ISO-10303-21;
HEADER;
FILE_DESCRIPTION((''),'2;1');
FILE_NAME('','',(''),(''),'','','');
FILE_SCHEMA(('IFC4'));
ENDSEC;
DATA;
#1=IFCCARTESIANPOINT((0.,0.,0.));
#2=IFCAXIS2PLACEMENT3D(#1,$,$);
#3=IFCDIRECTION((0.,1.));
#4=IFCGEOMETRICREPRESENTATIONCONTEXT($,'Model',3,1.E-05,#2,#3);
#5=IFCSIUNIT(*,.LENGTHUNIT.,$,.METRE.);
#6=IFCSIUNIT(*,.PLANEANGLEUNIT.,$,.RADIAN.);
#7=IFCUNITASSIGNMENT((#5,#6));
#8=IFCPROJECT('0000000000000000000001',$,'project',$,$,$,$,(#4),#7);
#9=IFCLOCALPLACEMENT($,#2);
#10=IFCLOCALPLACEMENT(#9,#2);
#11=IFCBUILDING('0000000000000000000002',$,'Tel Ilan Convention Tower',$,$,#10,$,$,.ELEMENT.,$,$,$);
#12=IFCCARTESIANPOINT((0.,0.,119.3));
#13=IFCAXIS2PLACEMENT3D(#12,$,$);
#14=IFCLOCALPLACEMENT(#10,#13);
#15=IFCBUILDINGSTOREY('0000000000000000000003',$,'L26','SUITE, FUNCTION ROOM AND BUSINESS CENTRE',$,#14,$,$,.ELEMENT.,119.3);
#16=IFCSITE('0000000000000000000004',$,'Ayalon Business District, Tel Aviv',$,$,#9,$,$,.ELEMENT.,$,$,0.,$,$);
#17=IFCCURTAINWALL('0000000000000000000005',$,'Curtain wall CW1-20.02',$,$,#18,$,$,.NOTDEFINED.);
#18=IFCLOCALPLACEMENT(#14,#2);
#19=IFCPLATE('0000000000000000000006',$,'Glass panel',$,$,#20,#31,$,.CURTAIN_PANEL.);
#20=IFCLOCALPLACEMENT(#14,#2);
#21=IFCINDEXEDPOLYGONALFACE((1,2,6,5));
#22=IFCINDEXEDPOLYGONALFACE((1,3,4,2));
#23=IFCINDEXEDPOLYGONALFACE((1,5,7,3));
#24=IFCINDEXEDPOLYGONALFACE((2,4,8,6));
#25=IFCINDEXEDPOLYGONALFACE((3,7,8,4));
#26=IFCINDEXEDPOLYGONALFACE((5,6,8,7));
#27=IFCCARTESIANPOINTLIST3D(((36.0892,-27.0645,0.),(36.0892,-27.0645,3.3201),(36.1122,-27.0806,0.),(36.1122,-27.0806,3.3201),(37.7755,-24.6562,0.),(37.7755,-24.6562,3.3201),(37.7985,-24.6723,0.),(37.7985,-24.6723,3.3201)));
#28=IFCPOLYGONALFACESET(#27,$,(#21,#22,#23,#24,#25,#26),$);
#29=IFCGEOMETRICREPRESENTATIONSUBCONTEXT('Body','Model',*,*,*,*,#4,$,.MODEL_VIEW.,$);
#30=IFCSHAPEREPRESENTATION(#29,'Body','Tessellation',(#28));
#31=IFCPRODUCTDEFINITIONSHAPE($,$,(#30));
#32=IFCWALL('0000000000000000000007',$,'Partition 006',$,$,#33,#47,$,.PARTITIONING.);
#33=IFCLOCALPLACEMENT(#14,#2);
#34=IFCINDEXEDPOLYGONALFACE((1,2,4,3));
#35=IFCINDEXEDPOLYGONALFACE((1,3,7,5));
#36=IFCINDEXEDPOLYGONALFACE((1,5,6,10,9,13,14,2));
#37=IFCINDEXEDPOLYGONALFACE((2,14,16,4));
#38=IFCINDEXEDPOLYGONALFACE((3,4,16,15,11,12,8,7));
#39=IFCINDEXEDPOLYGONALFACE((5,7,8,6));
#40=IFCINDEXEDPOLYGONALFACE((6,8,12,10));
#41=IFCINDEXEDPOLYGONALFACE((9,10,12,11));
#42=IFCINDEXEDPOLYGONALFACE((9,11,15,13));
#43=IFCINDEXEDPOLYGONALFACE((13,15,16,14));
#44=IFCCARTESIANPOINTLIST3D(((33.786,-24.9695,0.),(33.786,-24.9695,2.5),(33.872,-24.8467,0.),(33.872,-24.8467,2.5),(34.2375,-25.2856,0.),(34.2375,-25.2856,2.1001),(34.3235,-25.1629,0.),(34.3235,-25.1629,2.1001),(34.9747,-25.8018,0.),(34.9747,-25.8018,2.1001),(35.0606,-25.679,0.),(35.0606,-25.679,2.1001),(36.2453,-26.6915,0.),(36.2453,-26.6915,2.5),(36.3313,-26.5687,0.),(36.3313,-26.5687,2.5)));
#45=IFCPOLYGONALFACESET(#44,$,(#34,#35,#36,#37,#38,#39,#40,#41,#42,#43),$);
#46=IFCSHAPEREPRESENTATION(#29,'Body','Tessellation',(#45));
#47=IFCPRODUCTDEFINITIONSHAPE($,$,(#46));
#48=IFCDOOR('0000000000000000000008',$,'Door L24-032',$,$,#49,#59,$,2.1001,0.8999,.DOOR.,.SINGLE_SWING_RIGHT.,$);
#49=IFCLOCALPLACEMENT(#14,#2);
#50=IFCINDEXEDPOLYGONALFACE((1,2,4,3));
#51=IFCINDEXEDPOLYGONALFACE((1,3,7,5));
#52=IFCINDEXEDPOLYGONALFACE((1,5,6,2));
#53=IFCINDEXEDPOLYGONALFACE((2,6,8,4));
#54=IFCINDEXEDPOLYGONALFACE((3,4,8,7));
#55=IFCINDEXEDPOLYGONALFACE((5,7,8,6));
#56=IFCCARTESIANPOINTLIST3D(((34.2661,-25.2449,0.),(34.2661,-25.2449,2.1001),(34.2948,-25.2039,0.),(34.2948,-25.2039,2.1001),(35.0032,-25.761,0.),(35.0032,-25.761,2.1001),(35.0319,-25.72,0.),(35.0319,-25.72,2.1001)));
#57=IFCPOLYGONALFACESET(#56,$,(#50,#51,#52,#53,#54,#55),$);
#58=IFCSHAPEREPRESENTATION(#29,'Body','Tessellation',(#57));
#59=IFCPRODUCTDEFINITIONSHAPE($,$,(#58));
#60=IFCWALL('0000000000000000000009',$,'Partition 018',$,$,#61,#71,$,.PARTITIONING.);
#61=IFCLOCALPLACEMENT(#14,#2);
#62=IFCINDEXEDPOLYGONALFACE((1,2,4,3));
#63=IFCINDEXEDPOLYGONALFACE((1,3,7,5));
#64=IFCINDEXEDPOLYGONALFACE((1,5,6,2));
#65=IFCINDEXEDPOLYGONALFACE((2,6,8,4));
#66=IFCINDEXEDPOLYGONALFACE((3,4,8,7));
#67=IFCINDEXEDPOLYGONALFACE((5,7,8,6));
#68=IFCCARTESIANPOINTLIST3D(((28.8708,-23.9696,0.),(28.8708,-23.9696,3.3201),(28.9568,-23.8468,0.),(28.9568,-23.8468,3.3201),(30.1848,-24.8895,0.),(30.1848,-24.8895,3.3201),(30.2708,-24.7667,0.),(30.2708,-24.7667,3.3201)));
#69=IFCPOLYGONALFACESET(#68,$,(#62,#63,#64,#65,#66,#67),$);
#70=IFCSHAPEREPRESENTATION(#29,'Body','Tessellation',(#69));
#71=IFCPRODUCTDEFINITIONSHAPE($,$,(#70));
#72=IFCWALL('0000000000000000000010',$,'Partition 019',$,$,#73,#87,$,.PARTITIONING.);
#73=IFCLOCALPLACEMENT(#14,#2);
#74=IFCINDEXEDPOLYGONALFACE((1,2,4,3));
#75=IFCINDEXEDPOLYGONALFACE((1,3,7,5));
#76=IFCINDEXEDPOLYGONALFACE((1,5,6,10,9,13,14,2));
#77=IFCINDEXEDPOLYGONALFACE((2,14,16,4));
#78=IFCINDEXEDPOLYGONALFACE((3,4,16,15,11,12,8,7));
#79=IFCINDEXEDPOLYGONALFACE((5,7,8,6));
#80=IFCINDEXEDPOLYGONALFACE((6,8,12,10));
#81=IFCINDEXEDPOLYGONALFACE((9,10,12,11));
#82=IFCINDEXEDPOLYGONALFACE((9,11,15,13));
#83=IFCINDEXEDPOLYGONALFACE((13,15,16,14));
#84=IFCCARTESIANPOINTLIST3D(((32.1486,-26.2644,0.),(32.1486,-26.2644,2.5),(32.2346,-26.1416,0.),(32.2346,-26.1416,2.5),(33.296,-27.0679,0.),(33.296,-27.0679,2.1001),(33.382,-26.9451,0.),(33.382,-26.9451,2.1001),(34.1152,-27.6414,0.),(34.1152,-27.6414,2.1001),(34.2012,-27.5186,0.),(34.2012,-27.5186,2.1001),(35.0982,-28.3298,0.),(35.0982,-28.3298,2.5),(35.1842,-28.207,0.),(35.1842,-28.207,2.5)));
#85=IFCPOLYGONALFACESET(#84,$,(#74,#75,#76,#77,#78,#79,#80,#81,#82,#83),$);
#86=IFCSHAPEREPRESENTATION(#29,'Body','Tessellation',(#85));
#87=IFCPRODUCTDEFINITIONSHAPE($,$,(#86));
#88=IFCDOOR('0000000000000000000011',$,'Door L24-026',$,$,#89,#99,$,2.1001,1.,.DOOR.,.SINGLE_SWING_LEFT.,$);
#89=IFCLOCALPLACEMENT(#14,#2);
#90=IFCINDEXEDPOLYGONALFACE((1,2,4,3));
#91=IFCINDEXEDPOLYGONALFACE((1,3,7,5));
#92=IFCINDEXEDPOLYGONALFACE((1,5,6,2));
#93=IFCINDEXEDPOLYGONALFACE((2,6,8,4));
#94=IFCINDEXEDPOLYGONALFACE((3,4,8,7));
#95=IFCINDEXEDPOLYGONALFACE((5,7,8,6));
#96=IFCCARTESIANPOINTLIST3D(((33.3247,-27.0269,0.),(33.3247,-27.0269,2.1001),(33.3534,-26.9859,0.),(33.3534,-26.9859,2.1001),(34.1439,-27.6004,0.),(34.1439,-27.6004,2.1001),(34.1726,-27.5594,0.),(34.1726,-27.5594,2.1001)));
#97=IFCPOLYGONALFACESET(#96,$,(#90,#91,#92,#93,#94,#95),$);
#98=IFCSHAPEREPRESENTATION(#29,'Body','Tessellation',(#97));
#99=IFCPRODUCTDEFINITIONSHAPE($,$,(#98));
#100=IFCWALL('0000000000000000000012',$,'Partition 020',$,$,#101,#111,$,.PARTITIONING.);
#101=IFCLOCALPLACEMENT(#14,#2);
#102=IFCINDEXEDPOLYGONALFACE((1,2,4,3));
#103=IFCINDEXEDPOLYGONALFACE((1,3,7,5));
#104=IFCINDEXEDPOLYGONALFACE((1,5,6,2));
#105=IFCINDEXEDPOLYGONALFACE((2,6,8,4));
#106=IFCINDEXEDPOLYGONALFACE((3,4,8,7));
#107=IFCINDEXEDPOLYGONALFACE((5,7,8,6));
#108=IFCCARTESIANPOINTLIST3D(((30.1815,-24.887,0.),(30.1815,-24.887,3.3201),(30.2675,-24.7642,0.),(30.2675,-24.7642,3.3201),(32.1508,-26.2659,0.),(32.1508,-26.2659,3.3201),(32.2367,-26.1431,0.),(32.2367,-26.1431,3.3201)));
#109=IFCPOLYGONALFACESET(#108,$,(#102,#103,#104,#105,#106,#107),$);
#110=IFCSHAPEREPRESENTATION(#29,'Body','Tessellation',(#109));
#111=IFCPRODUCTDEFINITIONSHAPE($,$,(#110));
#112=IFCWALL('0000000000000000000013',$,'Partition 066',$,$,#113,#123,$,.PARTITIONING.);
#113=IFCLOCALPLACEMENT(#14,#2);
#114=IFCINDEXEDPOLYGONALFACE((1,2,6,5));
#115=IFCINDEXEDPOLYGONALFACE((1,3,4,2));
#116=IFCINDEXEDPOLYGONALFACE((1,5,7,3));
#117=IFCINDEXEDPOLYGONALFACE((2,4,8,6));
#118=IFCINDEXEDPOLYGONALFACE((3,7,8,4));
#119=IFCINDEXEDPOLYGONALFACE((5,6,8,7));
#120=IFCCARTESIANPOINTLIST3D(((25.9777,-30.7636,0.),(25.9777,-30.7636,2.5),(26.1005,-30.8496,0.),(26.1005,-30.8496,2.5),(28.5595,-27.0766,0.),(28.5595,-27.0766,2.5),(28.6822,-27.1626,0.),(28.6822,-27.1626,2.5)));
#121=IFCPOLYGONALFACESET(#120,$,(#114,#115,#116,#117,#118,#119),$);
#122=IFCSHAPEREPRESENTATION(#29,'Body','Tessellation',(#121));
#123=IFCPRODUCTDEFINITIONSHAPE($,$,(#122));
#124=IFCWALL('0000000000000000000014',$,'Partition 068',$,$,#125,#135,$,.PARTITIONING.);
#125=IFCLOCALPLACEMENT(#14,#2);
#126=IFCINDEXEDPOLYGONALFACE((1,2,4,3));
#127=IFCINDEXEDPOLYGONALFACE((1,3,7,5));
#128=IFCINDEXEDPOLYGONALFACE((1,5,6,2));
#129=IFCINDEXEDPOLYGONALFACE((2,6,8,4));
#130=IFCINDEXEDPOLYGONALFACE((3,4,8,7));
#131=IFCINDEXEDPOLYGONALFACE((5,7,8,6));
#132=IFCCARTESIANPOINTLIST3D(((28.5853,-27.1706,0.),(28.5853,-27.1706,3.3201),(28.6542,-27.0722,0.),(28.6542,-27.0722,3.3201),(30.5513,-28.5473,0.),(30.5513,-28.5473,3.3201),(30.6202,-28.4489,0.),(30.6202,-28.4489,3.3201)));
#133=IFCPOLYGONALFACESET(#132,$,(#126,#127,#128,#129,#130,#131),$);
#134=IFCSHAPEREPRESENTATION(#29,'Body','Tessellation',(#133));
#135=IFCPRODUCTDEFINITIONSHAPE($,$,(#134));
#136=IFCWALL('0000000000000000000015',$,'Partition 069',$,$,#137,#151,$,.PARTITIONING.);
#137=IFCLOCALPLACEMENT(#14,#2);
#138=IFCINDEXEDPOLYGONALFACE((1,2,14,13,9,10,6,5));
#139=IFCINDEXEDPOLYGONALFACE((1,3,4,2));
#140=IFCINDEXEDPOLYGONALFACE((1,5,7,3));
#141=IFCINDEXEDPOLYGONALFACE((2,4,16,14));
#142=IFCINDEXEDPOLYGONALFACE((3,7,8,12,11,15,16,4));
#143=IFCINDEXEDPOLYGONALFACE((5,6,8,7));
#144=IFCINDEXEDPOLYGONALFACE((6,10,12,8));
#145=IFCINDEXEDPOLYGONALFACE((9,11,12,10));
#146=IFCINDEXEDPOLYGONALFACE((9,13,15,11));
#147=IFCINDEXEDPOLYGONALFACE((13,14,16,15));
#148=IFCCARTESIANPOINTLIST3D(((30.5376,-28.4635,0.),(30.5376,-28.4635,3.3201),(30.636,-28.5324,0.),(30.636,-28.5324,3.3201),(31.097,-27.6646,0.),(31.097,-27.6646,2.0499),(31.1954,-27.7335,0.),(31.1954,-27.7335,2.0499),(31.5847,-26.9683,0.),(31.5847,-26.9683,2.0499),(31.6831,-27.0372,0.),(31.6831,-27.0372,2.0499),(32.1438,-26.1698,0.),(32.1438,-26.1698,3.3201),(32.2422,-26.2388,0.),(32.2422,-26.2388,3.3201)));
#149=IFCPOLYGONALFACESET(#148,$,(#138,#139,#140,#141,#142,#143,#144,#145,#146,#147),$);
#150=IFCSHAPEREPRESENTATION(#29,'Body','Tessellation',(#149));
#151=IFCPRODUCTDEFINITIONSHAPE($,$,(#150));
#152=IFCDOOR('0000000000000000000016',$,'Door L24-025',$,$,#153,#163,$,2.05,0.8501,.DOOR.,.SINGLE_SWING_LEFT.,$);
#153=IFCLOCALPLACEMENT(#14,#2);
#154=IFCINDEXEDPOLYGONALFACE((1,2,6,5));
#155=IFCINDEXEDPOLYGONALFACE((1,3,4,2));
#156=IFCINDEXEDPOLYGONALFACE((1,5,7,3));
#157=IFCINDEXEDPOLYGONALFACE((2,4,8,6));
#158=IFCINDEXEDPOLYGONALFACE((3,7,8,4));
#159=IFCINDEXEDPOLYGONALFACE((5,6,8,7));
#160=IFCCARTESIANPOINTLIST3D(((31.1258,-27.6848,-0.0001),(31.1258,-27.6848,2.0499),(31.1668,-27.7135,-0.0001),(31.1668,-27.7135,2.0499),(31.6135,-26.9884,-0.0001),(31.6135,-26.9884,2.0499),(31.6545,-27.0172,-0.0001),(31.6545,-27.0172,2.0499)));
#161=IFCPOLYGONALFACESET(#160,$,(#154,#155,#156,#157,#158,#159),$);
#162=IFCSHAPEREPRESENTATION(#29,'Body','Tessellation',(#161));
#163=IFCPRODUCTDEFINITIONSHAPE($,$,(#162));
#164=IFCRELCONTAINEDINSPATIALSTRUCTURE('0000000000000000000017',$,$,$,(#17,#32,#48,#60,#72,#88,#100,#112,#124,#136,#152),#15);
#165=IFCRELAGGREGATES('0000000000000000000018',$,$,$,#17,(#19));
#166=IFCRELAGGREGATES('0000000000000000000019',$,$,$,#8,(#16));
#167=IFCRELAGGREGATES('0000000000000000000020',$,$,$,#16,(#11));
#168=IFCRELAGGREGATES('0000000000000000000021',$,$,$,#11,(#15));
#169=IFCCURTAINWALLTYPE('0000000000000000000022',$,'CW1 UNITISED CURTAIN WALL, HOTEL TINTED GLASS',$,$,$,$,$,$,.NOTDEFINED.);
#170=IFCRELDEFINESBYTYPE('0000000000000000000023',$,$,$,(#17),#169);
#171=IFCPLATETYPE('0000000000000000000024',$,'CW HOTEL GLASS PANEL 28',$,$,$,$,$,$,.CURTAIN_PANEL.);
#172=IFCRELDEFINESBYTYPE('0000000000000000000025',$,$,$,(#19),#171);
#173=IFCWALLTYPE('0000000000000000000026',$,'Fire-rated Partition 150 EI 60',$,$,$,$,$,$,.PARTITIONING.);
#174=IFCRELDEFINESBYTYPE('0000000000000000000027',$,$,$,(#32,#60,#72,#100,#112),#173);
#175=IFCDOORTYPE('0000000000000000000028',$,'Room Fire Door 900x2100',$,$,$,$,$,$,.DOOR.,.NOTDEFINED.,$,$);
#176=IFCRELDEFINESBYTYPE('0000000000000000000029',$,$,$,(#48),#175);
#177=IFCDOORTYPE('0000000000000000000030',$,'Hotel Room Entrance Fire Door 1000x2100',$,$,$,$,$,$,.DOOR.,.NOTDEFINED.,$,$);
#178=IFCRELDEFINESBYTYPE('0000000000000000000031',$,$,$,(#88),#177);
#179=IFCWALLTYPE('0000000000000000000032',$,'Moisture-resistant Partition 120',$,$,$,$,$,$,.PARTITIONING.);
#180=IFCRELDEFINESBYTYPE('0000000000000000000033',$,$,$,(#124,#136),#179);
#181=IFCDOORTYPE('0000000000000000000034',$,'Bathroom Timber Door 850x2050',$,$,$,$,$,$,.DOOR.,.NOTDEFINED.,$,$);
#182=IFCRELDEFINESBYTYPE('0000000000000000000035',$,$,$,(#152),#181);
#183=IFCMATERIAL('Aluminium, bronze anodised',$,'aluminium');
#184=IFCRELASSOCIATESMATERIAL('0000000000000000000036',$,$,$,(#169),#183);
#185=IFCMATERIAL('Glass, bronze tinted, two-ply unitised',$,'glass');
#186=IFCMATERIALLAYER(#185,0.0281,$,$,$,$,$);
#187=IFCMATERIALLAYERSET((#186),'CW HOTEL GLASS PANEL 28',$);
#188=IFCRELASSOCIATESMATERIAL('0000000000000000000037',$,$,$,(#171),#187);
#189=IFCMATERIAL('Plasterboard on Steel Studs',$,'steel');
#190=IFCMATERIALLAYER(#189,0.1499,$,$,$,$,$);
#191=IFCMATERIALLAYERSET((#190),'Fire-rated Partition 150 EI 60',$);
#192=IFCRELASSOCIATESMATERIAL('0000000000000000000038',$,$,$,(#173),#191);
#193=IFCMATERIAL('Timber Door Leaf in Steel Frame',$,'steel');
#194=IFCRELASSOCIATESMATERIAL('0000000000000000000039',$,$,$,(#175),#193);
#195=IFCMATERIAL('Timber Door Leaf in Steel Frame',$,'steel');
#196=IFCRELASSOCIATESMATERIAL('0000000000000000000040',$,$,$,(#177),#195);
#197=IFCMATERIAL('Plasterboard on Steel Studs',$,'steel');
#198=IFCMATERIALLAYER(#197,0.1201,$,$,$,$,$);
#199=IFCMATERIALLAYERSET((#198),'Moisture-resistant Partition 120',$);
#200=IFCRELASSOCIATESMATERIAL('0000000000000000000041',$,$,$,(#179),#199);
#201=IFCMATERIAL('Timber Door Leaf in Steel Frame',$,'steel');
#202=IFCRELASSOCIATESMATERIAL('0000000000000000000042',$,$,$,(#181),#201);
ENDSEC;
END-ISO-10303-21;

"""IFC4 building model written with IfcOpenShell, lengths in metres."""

from ifc_helpers import new_model, si_unit, direction, frame, frame_2d, origin, origin_2d, place, context, subcontext, project, spatial, rectangle, extrude, material, layer, layer_set, type_object, element, fill, aggregate, save


model = new_model("IFC4")

# Units and contexts
model_context = context("Model", 3, precision=1e-05, world=origin(), true_north=direction((0.0, 1.0)))
body_context = subcontext(model_context, "Body", "Model", "MODEL_VIEW")
ifc_project = project(units=[si_unit("LENGTHUNIT", "METRE"), si_unit("PLANEANGLEUNIT", "RADIAN")], contexts=[model_context])

# Site, building, storey
site_placement = place(None, origin())
site = spatial("IfcSite", under=ifc_project, at=site_placement, Name="Ayalon Business District, Tel Aviv", CompositionType="ELEMENT", RefElevation=0.0)
building_placement = place(site_placement, origin())
building = spatial("IfcBuilding", under=site, at=building_placement, Name="Tel Ilan Convention Tower", CompositionType="ELEMENT")
storey_placement = place(building_placement, frame((0.0, 0.0, 119.3)))
storey = spatial("IfcBuildingStorey", under=building, at=storey_placement, Name="L26", Description="SUITE, FUNCTION ROOM AND BUSINESS CENTRE", CompositionType="ELEMENT", Elevation=119.3)

# Curtain wall, plate
ifc_material_1 = material(Name="Aluminium, bronze anodised", Category="aluminium")
curtain_wall_type = type_object("IfcCurtainWallType", Name="CW1 UNITISED CURTAIN WALL, HOTEL TINTED GLASS", PredefinedType="NOTDEFINED", material=ifc_material_1)
curtain_wall_placement = place(storey_placement, origin())
curtain_wall = element("IfcCurtainWall", 1, at=curtain_wall_placement, inside=storey, type_object=curtain_wall_type, Name="Curtain wall CW1-20.02", PredefinedType="NOTDEFINED")
ifc_material_2 = material(Name="Glass, bronze tinted, two-ply unitised", Category="glass")
ifc_layer_1 = layer(ifc_material_2, 0.0281)
ifc_layer_set_1 = layer_set([ifc_layer_1], Name="CW HOTEL GLASS PANEL 28")
plate_type = type_object("IfcPlateType", Name="CW HOTEL GLASS PANEL 28", PredefinedType="CURTAIN_PANEL", material=ifc_layer_set_1)
plate_1_placement = place(storey_placement, frame((36.9438, -25.8684, 0.0), z_axis=(0.0, 0.0, 1.0), x_axis=(0.573576, 0.819152, 0.0)))
plate_1 = element("IfcPlate", 2, at=plate_1_placement, type_object=plate_type, Name="Glass panel", PredefinedType="CURTAIN_PANEL", context=body_context, shape_type="SweptSolid", body=[
    extrude(rectangle(XDim=2.9399, YDim=0.0281, at=origin_2d()), origin(), (0.0, 0.0, 1.0), 3.3201),
])
aggregate(curtain_wall, [plate_1])

# Wall, opening, door
ifc_material_3 = material(Name="Plasterboard on Steel Studs", Category="steel")
ifc_layer_2 = layer(ifc_material_3, 0.1499)
ifc_layer_set_2 = layer_set([ifc_layer_2], Name="Fire-rated Partition 150 EI 60")
wall_type_1 = type_object("IfcWallType", Name="Fire-rated Partition 150 EI 60", PredefinedType="PARTITIONING", material=ifc_layer_set_2)
wall_1_placement = place(storey_placement, frame((33.8291, -24.9082, 0.0), z_axis=(0.0, 0.0, 1.0), x_axis=(0.819159, -0.573566, 0.0)))
wall_1 = element("IfcWall", 3, at=wall_1_placement, inside=storey, type_object=wall_type_1, Name="Partition 006", PredefinedType="PARTITIONING", context=body_context, shape_type="SweptSolid", body=[
    extrude(rectangle(XDim=3.0022, YDim=0.1499, at=frame_2d((1.501, 0.0))), origin(), (0.0, 0.0, 1.0), 2.5),
])
opening_1_placement = place(wall_1_placement, frame((0.551, 0.0, 0.0)))
opening_1 = element("IfcOpeningElement", 4, at=opening_1_placement, cuts=wall_1, PredefinedType="OPENING", context=body_context, shape_type="SweptSolid", body=[
    extrude(rectangle(XDim=0.8999, YDim=2.1001, at=frame_2d((0.45, 1.05))), frame((0.0, 0.085, 0.0), z_axis=(0.0, -1.0, 0.0), x_axis=(1.0, 0.0, 0.0)), (0.0, 0.0, 1.0), 0.1699),
])
ifc_material_4 = material(Name="Timber Door Leaf in Steel Frame", Category="steel")
door_type_1 = type_object("IfcDoorType", Name="Room Fire Door 900x2100", OperationType="NOTDEFINED", PredefinedType="DOOR", material=ifc_material_4)
door_1_placement = place(opening_1_placement, origin())
door_1 = element("IfcDoor", 5, at=door_1_placement, inside=storey, type_object=door_type_1, Name="Door L24-032", OperationType="SINGLE_SWING_RIGHT", OverallHeight=2.1001, OverallWidth=0.8999, PredefinedType="DOOR", context=body_context, shape_type="SweptSolid", body=[
    extrude(rectangle(XDim=0.8999, YDim=2.1001, at=frame_2d((0.45, 1.05))), frame((0.0, 0.0249, 0.0), z_axis=(0.0, -1.0, 0.0), x_axis=(1.0, 0.0, 0.0)), (0.0, 0.0, 1.0), 0.05),
])
fill(opening_1, door_1)

# Wall
wall_2_placement = place(storey_placement, frame((30.2278, -24.8281, 0.0), z_axis=(0.0, 0.0, 1.0), x_axis=(-0.819189, 0.573524, 0.0)))
element("IfcWall", 6, at=wall_2_placement, inside=storey, type_object=wall_type_1, Name="Partition 018", PredefinedType="PARTITIONING", context=body_context, shape_type="SweptSolid", body=[
    extrude(rectangle(XDim=1.604, YDim=0.1499, at=frame_2d((0.802, 0.0))), origin(), (0.0, 0.0, 1.0), 3.3201),
])

# Wall, opening, door
wall_3_placement = place(storey_placement, frame((35.1411, -28.2683, 0.0), z_axis=(0.0, 0.0, 1.0), x_axis=(-0.819149, 0.573581, 0.0)))
wall_3 = element("IfcWall", 7, at=wall_3_placement, inside=storey, type_object=wall_type_1, Name="Partition 019", PredefinedType="PARTITIONING", context=body_context, shape_type="SweptSolid", body=[
    extrude(rectangle(XDim=3.6008, YDim=0.1499, at=frame_2d((1.8003, 0.0))), origin(), (0.0, 0.0, 1.0), 2.5),
])
opening_2_placement = place(wall_3_placement, frame((1.2, 0.0, 0.0)))
opening_2 = element("IfcOpeningElement", 8, at=opening_2_placement, cuts=wall_3, PredefinedType="OPENING", context=body_context, shape_type="SweptSolid", body=[
    extrude(rectangle(XDim=1.0, YDim=2.1001, at=frame_2d((0.5, 1.05))), frame((0.0, 0.085, 0.0), z_axis=(0.0, -1.0, 0.0), x_axis=(1.0, 0.0, 0.0)), (0.0, 0.0, 1.0), 0.1699),
])
ifc_material_5 = material(Name="Timber Door Leaf in Steel Frame", Category="steel")
door_type_2 = type_object("IfcDoorType", Name="Hotel Room Entrance Fire Door 1000x2100", OperationType="NOTDEFINED", PredefinedType="DOOR", material=ifc_material_5)
door_2_placement = place(opening_2_placement, origin())
door_2 = element("IfcDoor", 9, at=door_2_placement, inside=storey, type_object=door_type_2, Name="Door L24-026", OperationType="SINGLE_SWING_LEFT", OverallHeight=2.1001, OverallWidth=1.0, PredefinedType="DOOR", context=body_context, shape_type="SweptSolid", body=[
    extrude(rectangle(XDim=1.0, YDim=2.1001, at=frame_2d((0.5, 1.05))), frame((0.0, 0.0249, 0.0), z_axis=(0.0, -1.0, 0.0), x_axis=(1.0, 0.0, 0.0)), (0.0, 0.0, 1.0), 0.05),
])
fill(opening_2, door_2)

# Walls
wall_4_placement = place(storey_placement, frame((32.1938, -26.2046, 0.0), z_axis=(0.0, 0.0, 1.0), x_axis=(-0.819146, 0.573585, 0.0)))
element("IfcWall", 10, at=wall_4_placement, inside=storey, type_object=wall_type_1, Name="Partition 020", PredefinedType="PARTITIONING", context=body_context, shape_type="SweptSolid", body=[
    extrude(rectangle(XDim=2.4041, YDim=0.1499, at=frame_2d((1.2021, 0.0))), origin(), (0.0, 0.0, 1.0), 3.3201),
])
wall_5_placement = place(storey_placement, frame((28.6208, -27.1196, 0.0), z_axis=(0.0, 0.0, 1.0), x_axis=(-0.573593, -0.81914, 0.0)))
element("IfcWall", 11, at=wall_5_placement, inside=storey, type_object=wall_type_1, Name="Partition 066", PredefinedType="PARTITIONING", context=body_context, shape_type="SweptSolid", body=[
    extrude(rectangle(XDim=4.501, YDim=0.1499, at=frame_2d((2.2505, 0.0))), origin(), (0.0, 0.0, 1.0), 2.5),
])
ifc_material_6 = material(Name="Plasterboard on Steel Studs", Category="steel")
ifc_layer_3 = layer(ifc_material_6, 0.1201)
ifc_layer_set_3 = layer_set([ifc_layer_3], Name="Moisture-resistant Partition 120")
wall_type_2 = type_object("IfcWallType", Name="Moisture-resistant Partition 120", PredefinedType="PARTITIONING", material=ifc_layer_set_3)
wall_6_placement = place(storey_placement, frame((28.6196, -27.1213, 0.0), z_axis=(0.0, 0.0, 1.0), x_axis=(0.819141, -0.573592, 0.0)))
element("IfcWall", 12, at=wall_6_placement, inside=storey, type_object=wall_type_2, Name="Partition 068", PredefinedType="PARTITIONING", context=body_context, shape_type="SweptSolid", body=[
    extrude(rectangle(XDim=2.4001, YDim=0.1201, at=frame_2d((1.2002, 0.0))), origin(), (0.0, 0.0, 1.0), 3.3201),
])

# Wall, opening, door
wall_7_placement = place(storey_placement, frame((30.5869, -28.4978, 0.0), z_axis=(0.0, 0.0, 1.0), x_axis=(0.573609, 0.81913, 0.0)))
wall_7 = element("IfcWall", 13, at=wall_7_placement, inside=storey, type_object=wall_type_2, Name="Partition 069", PredefinedType="PARTITIONING", context=body_context, shape_type="SweptSolid", body=[
    extrude(rectangle(XDim=2.8, YDim=0.1201, at=frame_2d((1.3999, 0.0))), origin(), (0.0, 0.0, 1.0), 3.3201),
])
opening_3_placement = place(wall_7_placement, frame((0.9751, 0.0, 0.0)))
opening_3 = element("IfcOpeningElement", 14, at=opening_3_placement, cuts=wall_7, PredefinedType="OPENING", context=body_context, shape_type="SweptSolid", body=[
    extrude(rectangle(XDim=0.8501, YDim=2.05, at=frame_2d((0.425, 1.0249))), frame((0.0, 0.0701, 0.0), z_axis=(0.0, -1.0, 0.0), x_axis=(1.0, 0.0, 0.0)), (0.0, 0.0, 1.0), 0.1401),
])
ifc_material_7 = material(Name="Timber Door Leaf in Steel Frame", Category="steel")
door_type_3 = type_object("IfcDoorType", Name="Bathroom Timber Door 850x2050", OperationType="NOTDEFINED", PredefinedType="DOOR", material=ifc_material_7)
door_3_placement = place(opening_3_placement, origin())
door_3 = element("IfcDoor", 15, at=door_3_placement, inside=storey, type_object=door_type_3, Name="Door L24-025", OperationType="SINGLE_SWING_LEFT", OverallHeight=2.05, OverallWidth=0.8501, PredefinedType="DOOR", context=body_context, shape_type="SweptSolid", body=[
    extrude(rectangle(XDim=0.8501, YDim=2.05, at=frame_2d((0.425, 1.0249))), frame((0.0, 0.0249, 0.0), z_axis=(0.0, -1.0, 0.0), x_axis=(1.0, 0.0, 0.0)), (0.0, 0.0, 1.0), 0.05),
])
fill(opening_3, door_3)

save(model, "model.ifc")
